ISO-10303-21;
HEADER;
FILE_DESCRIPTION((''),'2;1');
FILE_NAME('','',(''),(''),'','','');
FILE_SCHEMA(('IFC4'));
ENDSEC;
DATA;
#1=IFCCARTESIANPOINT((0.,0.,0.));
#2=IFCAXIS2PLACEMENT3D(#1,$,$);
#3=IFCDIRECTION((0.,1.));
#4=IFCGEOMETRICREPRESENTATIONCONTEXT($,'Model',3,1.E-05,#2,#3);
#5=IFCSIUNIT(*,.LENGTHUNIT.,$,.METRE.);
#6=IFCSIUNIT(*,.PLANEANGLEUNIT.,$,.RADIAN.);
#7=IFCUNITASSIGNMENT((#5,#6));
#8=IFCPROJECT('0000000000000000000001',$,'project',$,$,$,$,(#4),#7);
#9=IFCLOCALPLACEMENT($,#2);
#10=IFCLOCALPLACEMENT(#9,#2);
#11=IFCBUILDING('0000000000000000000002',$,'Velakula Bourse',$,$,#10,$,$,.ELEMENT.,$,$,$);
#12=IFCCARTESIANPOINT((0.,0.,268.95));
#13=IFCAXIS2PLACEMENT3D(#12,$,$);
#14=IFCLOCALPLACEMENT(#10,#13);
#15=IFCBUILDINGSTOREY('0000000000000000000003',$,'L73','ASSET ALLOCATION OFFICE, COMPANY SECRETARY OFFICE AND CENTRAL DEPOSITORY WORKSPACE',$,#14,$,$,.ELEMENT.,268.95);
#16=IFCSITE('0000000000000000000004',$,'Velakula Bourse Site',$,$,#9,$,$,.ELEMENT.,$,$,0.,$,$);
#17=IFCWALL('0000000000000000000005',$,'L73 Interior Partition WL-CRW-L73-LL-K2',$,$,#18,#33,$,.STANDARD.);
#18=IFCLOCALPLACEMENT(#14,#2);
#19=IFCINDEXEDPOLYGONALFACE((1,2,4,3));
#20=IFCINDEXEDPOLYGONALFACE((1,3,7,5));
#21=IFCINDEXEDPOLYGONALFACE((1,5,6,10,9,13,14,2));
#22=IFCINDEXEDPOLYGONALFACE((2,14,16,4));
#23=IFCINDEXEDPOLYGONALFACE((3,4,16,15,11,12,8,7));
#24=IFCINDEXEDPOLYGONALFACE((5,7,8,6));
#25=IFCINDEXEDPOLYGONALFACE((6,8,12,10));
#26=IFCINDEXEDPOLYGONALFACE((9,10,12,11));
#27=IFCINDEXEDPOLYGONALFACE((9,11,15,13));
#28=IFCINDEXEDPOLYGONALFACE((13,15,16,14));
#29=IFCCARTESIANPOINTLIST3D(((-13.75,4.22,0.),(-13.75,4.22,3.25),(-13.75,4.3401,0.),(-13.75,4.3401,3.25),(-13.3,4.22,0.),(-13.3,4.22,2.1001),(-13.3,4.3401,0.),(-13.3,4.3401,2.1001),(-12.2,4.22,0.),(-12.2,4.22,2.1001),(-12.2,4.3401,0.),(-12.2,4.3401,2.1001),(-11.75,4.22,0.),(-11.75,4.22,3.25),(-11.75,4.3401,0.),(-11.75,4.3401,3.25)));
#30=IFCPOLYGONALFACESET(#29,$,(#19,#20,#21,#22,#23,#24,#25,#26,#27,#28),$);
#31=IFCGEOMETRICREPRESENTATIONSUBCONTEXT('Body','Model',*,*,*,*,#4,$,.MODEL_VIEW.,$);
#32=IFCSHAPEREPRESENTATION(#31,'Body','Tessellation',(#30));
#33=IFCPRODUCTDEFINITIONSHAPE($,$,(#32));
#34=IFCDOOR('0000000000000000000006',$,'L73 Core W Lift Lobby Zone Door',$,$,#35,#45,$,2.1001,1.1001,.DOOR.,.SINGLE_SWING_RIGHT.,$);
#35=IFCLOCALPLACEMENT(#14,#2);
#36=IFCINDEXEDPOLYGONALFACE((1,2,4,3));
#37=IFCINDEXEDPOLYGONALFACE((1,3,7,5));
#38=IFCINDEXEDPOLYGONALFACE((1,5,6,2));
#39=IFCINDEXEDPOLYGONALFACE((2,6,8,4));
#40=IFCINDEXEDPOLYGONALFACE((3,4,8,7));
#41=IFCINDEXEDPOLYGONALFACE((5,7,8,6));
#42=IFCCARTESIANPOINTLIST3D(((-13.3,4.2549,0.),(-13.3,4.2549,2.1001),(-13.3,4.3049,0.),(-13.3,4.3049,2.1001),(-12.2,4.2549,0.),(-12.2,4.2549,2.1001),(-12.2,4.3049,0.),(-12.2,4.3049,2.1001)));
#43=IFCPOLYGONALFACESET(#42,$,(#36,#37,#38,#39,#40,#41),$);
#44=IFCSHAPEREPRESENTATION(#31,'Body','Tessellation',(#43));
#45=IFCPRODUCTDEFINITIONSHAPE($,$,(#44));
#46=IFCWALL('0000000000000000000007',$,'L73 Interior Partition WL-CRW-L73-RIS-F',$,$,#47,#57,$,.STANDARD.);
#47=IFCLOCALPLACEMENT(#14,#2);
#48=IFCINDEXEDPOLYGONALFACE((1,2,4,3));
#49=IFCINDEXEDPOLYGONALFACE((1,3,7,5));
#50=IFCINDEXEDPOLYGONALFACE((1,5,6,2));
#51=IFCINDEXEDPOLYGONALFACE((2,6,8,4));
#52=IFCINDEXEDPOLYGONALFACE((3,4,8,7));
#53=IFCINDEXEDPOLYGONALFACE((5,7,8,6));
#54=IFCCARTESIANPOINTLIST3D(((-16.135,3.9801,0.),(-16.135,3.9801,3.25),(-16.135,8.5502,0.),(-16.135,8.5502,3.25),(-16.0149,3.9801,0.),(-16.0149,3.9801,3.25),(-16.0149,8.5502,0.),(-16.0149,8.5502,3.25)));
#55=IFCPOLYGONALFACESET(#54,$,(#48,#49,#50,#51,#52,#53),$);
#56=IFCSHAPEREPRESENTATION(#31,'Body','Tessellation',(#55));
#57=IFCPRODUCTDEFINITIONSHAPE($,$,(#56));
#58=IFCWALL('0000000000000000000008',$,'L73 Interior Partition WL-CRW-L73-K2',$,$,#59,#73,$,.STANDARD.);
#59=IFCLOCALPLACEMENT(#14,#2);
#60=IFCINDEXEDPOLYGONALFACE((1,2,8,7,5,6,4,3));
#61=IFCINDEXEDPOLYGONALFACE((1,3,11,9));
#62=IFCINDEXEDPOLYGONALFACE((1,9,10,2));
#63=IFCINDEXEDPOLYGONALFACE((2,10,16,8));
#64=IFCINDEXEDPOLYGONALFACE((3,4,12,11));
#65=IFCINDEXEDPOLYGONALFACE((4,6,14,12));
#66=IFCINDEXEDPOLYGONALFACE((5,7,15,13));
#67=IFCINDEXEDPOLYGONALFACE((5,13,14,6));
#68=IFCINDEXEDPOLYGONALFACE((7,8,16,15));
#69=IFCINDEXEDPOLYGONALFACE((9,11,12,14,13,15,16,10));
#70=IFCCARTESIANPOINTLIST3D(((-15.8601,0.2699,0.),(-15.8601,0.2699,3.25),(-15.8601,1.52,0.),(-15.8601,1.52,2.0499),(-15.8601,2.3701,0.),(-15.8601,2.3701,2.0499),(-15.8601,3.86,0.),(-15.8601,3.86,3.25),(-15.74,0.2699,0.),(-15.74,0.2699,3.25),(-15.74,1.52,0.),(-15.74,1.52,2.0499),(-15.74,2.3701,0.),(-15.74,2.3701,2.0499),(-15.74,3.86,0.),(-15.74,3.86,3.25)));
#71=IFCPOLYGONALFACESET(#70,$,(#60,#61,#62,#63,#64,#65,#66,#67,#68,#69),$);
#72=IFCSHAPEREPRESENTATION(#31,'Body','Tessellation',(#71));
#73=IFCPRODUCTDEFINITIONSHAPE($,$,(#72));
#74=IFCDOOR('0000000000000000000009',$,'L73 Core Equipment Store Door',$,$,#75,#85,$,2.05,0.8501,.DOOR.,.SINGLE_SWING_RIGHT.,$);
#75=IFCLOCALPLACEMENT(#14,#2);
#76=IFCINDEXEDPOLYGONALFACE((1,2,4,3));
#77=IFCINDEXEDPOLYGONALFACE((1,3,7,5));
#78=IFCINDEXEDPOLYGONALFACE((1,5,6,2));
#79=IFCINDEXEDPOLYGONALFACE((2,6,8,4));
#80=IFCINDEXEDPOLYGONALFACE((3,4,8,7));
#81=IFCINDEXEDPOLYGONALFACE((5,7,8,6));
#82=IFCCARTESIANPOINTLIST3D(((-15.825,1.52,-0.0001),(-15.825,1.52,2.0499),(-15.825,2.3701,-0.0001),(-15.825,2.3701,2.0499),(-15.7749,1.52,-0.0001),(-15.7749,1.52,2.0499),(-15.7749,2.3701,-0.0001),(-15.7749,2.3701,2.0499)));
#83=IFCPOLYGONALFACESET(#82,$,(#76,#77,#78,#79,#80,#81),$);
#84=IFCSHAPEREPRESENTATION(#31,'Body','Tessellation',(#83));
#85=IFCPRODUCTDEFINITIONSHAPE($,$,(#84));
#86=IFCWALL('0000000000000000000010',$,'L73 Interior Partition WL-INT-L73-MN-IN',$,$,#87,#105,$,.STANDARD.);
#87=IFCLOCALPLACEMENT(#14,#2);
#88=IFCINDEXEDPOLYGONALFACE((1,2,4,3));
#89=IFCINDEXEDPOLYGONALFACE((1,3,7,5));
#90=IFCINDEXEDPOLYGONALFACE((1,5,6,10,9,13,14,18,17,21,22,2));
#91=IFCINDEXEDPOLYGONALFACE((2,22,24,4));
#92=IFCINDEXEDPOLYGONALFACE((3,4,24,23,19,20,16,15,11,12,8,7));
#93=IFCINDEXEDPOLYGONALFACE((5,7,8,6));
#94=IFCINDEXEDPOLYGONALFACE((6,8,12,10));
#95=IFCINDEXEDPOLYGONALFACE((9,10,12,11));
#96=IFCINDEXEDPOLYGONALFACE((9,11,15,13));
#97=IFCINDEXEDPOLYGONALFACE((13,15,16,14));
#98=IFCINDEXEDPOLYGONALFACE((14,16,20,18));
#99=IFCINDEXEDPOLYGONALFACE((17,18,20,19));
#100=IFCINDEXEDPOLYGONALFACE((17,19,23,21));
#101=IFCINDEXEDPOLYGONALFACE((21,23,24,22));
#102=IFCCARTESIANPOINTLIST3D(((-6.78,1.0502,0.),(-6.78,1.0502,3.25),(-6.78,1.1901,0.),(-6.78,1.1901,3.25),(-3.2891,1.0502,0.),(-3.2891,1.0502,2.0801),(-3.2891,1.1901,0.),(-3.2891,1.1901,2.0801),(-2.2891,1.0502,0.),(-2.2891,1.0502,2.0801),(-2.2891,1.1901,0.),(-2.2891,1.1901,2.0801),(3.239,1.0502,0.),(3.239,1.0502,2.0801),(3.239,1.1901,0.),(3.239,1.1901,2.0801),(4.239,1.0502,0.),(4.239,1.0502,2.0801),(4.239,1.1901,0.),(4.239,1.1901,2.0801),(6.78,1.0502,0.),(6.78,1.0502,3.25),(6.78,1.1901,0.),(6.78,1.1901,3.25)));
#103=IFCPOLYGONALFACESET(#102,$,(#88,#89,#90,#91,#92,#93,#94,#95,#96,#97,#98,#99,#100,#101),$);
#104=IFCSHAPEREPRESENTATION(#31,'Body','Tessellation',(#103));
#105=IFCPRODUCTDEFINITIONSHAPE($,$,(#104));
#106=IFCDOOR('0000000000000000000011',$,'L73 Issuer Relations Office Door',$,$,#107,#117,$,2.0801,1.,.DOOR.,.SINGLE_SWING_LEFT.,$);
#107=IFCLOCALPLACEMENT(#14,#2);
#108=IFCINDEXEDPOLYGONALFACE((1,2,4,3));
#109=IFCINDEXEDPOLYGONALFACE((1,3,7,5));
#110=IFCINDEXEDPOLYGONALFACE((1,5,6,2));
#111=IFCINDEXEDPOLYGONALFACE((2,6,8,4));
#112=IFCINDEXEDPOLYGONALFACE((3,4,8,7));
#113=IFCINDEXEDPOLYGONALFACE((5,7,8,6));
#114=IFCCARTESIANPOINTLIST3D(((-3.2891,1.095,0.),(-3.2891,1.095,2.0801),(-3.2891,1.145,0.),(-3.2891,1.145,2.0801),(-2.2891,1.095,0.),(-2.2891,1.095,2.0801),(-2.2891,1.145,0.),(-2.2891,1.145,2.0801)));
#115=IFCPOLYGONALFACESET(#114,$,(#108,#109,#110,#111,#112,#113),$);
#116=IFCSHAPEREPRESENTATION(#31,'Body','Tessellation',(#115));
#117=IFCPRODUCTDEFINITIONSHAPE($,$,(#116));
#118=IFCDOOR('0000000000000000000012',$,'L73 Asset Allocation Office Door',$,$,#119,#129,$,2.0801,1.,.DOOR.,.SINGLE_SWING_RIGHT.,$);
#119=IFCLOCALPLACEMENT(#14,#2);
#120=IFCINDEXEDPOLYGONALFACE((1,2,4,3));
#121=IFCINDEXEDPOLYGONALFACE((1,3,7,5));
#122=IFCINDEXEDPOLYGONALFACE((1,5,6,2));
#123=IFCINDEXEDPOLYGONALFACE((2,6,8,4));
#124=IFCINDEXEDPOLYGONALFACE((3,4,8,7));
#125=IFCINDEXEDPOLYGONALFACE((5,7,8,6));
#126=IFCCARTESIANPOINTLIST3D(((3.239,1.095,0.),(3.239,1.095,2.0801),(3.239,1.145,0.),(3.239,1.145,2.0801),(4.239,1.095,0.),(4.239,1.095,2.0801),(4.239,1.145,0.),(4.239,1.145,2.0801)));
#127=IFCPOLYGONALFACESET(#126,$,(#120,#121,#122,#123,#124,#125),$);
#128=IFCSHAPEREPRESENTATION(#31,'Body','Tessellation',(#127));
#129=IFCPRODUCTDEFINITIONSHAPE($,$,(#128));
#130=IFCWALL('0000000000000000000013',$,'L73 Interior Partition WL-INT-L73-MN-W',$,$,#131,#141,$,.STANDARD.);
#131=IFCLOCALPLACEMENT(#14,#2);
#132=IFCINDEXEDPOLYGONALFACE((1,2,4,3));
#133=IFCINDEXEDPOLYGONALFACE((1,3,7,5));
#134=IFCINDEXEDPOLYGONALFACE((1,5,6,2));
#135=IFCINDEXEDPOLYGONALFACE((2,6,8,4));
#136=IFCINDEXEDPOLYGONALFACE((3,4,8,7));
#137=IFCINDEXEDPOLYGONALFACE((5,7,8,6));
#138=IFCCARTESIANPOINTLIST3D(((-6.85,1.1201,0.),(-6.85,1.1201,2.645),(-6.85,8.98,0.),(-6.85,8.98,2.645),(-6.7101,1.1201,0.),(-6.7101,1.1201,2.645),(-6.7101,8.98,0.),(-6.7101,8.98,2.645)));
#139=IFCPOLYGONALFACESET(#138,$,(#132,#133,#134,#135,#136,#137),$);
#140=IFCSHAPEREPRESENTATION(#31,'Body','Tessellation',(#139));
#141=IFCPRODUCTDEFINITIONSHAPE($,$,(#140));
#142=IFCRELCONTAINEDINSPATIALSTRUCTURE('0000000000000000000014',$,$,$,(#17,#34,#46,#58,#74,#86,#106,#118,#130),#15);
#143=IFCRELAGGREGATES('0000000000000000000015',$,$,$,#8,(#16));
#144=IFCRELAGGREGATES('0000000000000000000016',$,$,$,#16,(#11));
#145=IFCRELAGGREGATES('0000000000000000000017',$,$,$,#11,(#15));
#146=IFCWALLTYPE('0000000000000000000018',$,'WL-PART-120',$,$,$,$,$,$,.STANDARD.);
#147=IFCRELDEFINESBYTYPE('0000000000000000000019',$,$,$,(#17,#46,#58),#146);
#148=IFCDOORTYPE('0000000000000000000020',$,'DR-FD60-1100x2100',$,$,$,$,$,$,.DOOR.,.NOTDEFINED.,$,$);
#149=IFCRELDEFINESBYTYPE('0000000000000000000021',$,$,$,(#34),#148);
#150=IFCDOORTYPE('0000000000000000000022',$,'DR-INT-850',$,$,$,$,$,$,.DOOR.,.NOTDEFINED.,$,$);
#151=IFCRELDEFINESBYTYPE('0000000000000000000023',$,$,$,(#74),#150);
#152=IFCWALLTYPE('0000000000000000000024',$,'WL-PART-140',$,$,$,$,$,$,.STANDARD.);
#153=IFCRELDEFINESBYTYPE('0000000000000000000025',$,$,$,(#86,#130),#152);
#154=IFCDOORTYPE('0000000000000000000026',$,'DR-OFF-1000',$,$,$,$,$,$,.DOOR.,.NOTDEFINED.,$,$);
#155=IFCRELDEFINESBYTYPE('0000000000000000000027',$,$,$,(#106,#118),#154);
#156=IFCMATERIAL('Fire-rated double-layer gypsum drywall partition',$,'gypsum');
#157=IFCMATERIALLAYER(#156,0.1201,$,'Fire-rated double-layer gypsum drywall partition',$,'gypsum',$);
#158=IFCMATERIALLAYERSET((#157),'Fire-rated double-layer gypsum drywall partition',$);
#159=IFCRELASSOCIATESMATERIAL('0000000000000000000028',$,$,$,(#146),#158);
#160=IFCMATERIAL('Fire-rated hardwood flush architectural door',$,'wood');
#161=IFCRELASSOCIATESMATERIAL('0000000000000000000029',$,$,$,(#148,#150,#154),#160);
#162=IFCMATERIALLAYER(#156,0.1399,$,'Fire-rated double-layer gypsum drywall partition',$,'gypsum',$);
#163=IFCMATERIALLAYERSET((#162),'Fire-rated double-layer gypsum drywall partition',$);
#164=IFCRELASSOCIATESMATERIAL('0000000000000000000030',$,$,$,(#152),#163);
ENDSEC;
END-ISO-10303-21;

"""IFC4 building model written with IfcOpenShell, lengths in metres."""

from ifc_helpers import new_model, si_unit, direction, frame, frame_2d, origin, place, context, subcontext, project, spatial, rectangle, extrude, material, layer, layer_set, type_object, element, fill, save


model = new_model("IFC4")

# Units and contexts
model_context = context("Model", 3, precision=1e-05, world=origin(), true_north=direction((0.0, 1.0)))
body_context = subcontext(model_context, "Body", "Model", "MODEL_VIEW")
ifc_project = project(units=[si_unit("LENGTHUNIT", "METRE"), si_unit("PLANEANGLEUNIT", "RADIAN")], contexts=[model_context])

# Site, building, storey
site_placement = place(None, origin())
site = spatial("IfcSite", under=ifc_project, at=site_placement, Name="Velakula Bourse Site", CompositionType="ELEMENT", RefElevation=0.0)
building_placement = place(site_placement, origin())
building = spatial("IfcBuilding", under=site, at=building_placement, Name="Velakula Bourse", CompositionType="ELEMENT")
storey_placement = place(building_placement, frame((0.0, 0.0, 268.95)))
storey = spatial("IfcBuildingStorey", under=building, at=storey_placement, Name="L73", Description="ASSET ALLOCATION OFFICE, COMPANY SECRETARY OFFICE AND CENTRAL DEPOSITORY WORKSPACE", CompositionType="ELEMENT", Elevation=268.95)

# Wall, opening, door
ifc_material_1 = material(Name="Fire-rated double-layer gypsum drywall partition", Category="gypsum")
ifc_layer_1 = layer(ifc_material_1, 0.1201, Name="Fire-rated double-layer gypsum drywall partition", Category="gypsum")
ifc_layer_set_1 = layer_set([ifc_layer_1], Name="Fire-rated double-layer gypsum drywall partition")
wall_type_1 = type_object("IfcWallType", Name="WL-PART-120", PredefinedType="STANDARD", material=ifc_layer_set_1)
wall_1_placement = place(storey_placement, frame((-13.75, 4.28, 0.0), z_axis=(0.0, 0.0, 1.0), x_axis=(1.0, 0.0, 0.0)))
wall_1 = element("IfcWall", 1, at=wall_1_placement, inside=storey, type_object=wall_type_1, Name="L73 Interior Partition WL-CRW-L73-LL-K2", PredefinedType="STANDARD", context=body_context, shape_type="SweptSolid", body=[
    extrude(rectangle(XDim=2.0, YDim=0.1201, at=frame_2d((1.0, 0.0))), origin(), (0.0, 0.0, 1.0), 3.25),
])
opening_1_placement = place(wall_1_placement, frame((0.45, 0.0, 0.0)))
opening_1 = element("IfcOpeningElement", 2, at=opening_1_placement, cuts=wall_1, PredefinedType="OPENING", context=body_context, shape_type="SweptSolid", body=[
    extrude(rectangle(XDim=1.1001, YDim=2.1001, at=frame_2d((0.55, 1.05))), frame((0.0, 0.0701, 0.0), z_axis=(0.0, -1.0, 0.0), x_axis=(1.0, 0.0, 0.0)), (0.0, 0.0, 1.0), 0.1401),
])
ifc_material_2 = material(Name="Fire-rated hardwood flush architectural door", Category="wood")
door_type_1 = type_object("IfcDoorType", Name="DR-FD60-1100x2100", OperationType="NOTDEFINED", PredefinedType="DOOR", material=ifc_material_2)
door_1_placement = place(opening_1_placement, origin())
door_1 = element("IfcDoor", 3, at=door_1_placement, inside=storey, type_object=door_type_1, Name="L73 Core W Lift Lobby Zone Door", OperationType="SINGLE_SWING_RIGHT", OverallHeight=2.1001, OverallWidth=1.1001, PredefinedType="DOOR", context=body_context, shape_type="SweptSolid", body=[
    extrude(rectangle(XDim=1.1001, YDim=2.1001, at=frame_2d((0.55, 1.05))), frame((0.0, 0.0249, 0.0), z_axis=(0.0, -1.0, 0.0), x_axis=(1.0, 0.0, 0.0)), (0.0, 0.0, 1.0), 0.05),
])
fill(opening_1, door_1)

# Wall
wall_2_placement = place(storey_placement, frame((-16.075, 3.98, 0.0), z_axis=(0.0, 0.0, 1.0), x_axis=(0.0, 1.0, 0.0)))
element("IfcWall", 4, at=wall_2_placement, inside=storey, type_object=wall_type_1, Name="L73 Interior Partition WL-CRW-L73-RIS-F", PredefinedType="STANDARD", context=body_context, shape_type="SweptSolid", body=[
    extrude(rectangle(XDim=4.5701, YDim=0.1201, at=frame_2d((2.2852, 0.0))), origin(), (0.0, 0.0, 1.0), 3.25),
])

# Wall, opening, door
wall_3_placement = place(storey_placement, frame((-15.8, 0.27, 0.0), z_axis=(0.0, 0.0, 1.0), x_axis=(0.0, 1.0, 0.0)))
wall_3 = element("IfcWall", 5, at=wall_3_placement, inside=storey, type_object=wall_type_1, Name="L73 Interior Partition WL-CRW-L73-K2", PredefinedType="STANDARD", context=body_context, shape_type="SweptSolid", body=[
    extrude(rectangle(XDim=3.5901, YDim=0.1201, at=frame_2d((1.7949, 0.0))), origin(), (0.0, 0.0, 1.0), 3.25),
])
opening_2_placement = place(wall_3_placement, frame((1.25, 0.0, 0.0)))
opening_2 = element("IfcOpeningElement", 6, at=opening_2_placement, cuts=wall_3, PredefinedType="OPENING", context=body_context, shape_type="SweptSolid", body=[
    extrude(rectangle(XDim=0.8501, YDim=2.05, at=frame_2d((0.425, 1.0249))), frame((0.0, 0.0701, 0.0), z_axis=(0.0, -1.0, 0.0), x_axis=(1.0, 0.0, 0.0)), (0.0, 0.0, 1.0), 0.1401),
])
door_type_2 = type_object("IfcDoorType", Name="DR-INT-850", OperationType="NOTDEFINED", PredefinedType="DOOR", material=ifc_material_2)
door_2_placement = place(opening_2_placement, origin())
door_2 = element("IfcDoor", 7, at=door_2_placement, inside=storey, type_object=door_type_2, Name="L73 Core Equipment Store Door", OperationType="SINGLE_SWING_RIGHT", OverallHeight=2.05, OverallWidth=0.8501, PredefinedType="DOOR", context=body_context, shape_type="SweptSolid", body=[
    extrude(rectangle(XDim=0.8501, YDim=2.05, at=frame_2d((0.425, 1.0249))), frame((0.0, 0.0249, 0.0), z_axis=(0.0, -1.0, 0.0), x_axis=(1.0, 0.0, 0.0)), (0.0, 0.0, 1.0), 0.05),
])
fill(opening_2, door_2)

# Wall, openings, doors
ifc_layer_2 = layer(ifc_material_1, 0.1399, Name="Fire-rated double-layer gypsum drywall partition", Category="gypsum")
ifc_layer_set_2 = layer_set([ifc_layer_2], Name="Fire-rated double-layer gypsum drywall partition")
wall_type_2 = type_object("IfcWallType", Name="WL-PART-140", PredefinedType="STANDARD", material=ifc_layer_set_2)
wall_4_placement = place(storey_placement, frame((-6.78, 1.1201, 0.0), z_axis=(0.0, 0.0, 1.0), x_axis=(1.0, 0.0, 0.0)))
wall_4 = element("IfcWall", 8, at=wall_4_placement, inside=storey, type_object=wall_type_2, Name="L73 Interior Partition WL-INT-L73-MN-IN", PredefinedType="STANDARD", context=body_context, shape_type="SweptSolid", body=[
    extrude(rectangle(XDim=13.5601, YDim=0.1399, at=frame_2d((6.78, 0.0))), origin(), (0.0, 0.0, 1.0), 3.25),
])
opening_3_placement = place(wall_4_placement, frame((3.491, 0.0, 0.0)))
opening_3 = element("IfcOpeningElement", 9, at=opening_3_placement, cuts=wall_4, PredefinedType="OPENING", context=body_context, shape_type="SweptSolid", body=[
    extrude(rectangle(XDim=1.0, YDim=2.0801, at=frame_2d((0.5, 1.04))), frame((0.0, 0.0798, 0.0), z_axis=(0.0, -1.0, 0.0), x_axis=(1.0, 0.0, 0.0)), (0.0, 0.0, 1.0), 0.1599),
])
opening_4_placement = place(wall_4_placement, frame((10.019, 0.0, 0.0)))
opening_4 = element("IfcOpeningElement", 10, at=opening_4_placement, cuts=wall_4, PredefinedType="OPENING", context=body_context, shape_type="SweptSolid", body=[
    extrude(rectangle(XDim=1.0, YDim=2.0801, at=frame_2d((0.5, 1.04))), frame((0.0, 0.0798, 0.0), z_axis=(0.0, -1.0, 0.0), x_axis=(1.0, 0.0, 0.0)), (0.0, 0.0, 1.0), 0.1599),
])
door_type_3 = type_object("IfcDoorType", Name="DR-OFF-1000", OperationType="NOTDEFINED", PredefinedType="DOOR", material=ifc_material_2)
door_3_placement = place(opening_3_placement, origin())
door_3 = element("IfcDoor", 11, at=door_3_placement, inside=storey, type_object=door_type_3, Name="L73 Issuer Relations Office Door", OperationType="SINGLE_SWING_LEFT", OverallHeight=2.0801, OverallWidth=1.0, PredefinedType="DOOR", context=body_context, shape_type="SweptSolid", body=[
    extrude(rectangle(XDim=1.0, YDim=2.0801, at=frame_2d((0.5, 1.04))), frame((0.0, 0.0249, 0.0), z_axis=(0.0, -1.0, 0.0), x_axis=(1.0, 0.0, 0.0)), (0.0, 0.0, 1.0), 0.05),
])
fill(opening_3, door_3)
door_4_placement = place(opening_4_placement, origin())
door_4 = element("IfcDoor", 12, at=door_4_placement, inside=storey, type_object=door_type_3, Name="L73 Asset Allocation Office Door", OperationType="SINGLE_SWING_RIGHT", OverallHeight=2.0801, OverallWidth=1.0, PredefinedType="DOOR", context=body_context, shape_type="SweptSolid", body=[
    extrude(rectangle(XDim=1.0, YDim=2.0801, at=frame_2d((0.5, 1.04))), frame((0.0, 0.0249, 0.0), z_axis=(0.0, -1.0, 0.0), x_axis=(1.0, 0.0, 0.0)), (0.0, 0.0, 1.0), 0.05),
])
fill(opening_4, door_4)

# Wall
wall_5_placement = place(storey_placement, frame((-6.78, 1.1201, 0.0), z_axis=(0.0, 0.0, 1.0), x_axis=(0.0, 1.0, 0.0)))
element("IfcWall", 13, at=wall_5_placement, inside=storey, type_object=wall_type_2, Name="L73 Interior Partition WL-INT-L73-MN-W", PredefinedType="STANDARD", context=body_context, shape_type="SweptSolid", body=[
    extrude(rectangle(XDim=7.8599, YDim=0.1399, at=frame_2d((3.9299, 0.0))), origin(), (0.0, 0.0, 1.0), 2.645),
])

save(model, "model.ifc")
